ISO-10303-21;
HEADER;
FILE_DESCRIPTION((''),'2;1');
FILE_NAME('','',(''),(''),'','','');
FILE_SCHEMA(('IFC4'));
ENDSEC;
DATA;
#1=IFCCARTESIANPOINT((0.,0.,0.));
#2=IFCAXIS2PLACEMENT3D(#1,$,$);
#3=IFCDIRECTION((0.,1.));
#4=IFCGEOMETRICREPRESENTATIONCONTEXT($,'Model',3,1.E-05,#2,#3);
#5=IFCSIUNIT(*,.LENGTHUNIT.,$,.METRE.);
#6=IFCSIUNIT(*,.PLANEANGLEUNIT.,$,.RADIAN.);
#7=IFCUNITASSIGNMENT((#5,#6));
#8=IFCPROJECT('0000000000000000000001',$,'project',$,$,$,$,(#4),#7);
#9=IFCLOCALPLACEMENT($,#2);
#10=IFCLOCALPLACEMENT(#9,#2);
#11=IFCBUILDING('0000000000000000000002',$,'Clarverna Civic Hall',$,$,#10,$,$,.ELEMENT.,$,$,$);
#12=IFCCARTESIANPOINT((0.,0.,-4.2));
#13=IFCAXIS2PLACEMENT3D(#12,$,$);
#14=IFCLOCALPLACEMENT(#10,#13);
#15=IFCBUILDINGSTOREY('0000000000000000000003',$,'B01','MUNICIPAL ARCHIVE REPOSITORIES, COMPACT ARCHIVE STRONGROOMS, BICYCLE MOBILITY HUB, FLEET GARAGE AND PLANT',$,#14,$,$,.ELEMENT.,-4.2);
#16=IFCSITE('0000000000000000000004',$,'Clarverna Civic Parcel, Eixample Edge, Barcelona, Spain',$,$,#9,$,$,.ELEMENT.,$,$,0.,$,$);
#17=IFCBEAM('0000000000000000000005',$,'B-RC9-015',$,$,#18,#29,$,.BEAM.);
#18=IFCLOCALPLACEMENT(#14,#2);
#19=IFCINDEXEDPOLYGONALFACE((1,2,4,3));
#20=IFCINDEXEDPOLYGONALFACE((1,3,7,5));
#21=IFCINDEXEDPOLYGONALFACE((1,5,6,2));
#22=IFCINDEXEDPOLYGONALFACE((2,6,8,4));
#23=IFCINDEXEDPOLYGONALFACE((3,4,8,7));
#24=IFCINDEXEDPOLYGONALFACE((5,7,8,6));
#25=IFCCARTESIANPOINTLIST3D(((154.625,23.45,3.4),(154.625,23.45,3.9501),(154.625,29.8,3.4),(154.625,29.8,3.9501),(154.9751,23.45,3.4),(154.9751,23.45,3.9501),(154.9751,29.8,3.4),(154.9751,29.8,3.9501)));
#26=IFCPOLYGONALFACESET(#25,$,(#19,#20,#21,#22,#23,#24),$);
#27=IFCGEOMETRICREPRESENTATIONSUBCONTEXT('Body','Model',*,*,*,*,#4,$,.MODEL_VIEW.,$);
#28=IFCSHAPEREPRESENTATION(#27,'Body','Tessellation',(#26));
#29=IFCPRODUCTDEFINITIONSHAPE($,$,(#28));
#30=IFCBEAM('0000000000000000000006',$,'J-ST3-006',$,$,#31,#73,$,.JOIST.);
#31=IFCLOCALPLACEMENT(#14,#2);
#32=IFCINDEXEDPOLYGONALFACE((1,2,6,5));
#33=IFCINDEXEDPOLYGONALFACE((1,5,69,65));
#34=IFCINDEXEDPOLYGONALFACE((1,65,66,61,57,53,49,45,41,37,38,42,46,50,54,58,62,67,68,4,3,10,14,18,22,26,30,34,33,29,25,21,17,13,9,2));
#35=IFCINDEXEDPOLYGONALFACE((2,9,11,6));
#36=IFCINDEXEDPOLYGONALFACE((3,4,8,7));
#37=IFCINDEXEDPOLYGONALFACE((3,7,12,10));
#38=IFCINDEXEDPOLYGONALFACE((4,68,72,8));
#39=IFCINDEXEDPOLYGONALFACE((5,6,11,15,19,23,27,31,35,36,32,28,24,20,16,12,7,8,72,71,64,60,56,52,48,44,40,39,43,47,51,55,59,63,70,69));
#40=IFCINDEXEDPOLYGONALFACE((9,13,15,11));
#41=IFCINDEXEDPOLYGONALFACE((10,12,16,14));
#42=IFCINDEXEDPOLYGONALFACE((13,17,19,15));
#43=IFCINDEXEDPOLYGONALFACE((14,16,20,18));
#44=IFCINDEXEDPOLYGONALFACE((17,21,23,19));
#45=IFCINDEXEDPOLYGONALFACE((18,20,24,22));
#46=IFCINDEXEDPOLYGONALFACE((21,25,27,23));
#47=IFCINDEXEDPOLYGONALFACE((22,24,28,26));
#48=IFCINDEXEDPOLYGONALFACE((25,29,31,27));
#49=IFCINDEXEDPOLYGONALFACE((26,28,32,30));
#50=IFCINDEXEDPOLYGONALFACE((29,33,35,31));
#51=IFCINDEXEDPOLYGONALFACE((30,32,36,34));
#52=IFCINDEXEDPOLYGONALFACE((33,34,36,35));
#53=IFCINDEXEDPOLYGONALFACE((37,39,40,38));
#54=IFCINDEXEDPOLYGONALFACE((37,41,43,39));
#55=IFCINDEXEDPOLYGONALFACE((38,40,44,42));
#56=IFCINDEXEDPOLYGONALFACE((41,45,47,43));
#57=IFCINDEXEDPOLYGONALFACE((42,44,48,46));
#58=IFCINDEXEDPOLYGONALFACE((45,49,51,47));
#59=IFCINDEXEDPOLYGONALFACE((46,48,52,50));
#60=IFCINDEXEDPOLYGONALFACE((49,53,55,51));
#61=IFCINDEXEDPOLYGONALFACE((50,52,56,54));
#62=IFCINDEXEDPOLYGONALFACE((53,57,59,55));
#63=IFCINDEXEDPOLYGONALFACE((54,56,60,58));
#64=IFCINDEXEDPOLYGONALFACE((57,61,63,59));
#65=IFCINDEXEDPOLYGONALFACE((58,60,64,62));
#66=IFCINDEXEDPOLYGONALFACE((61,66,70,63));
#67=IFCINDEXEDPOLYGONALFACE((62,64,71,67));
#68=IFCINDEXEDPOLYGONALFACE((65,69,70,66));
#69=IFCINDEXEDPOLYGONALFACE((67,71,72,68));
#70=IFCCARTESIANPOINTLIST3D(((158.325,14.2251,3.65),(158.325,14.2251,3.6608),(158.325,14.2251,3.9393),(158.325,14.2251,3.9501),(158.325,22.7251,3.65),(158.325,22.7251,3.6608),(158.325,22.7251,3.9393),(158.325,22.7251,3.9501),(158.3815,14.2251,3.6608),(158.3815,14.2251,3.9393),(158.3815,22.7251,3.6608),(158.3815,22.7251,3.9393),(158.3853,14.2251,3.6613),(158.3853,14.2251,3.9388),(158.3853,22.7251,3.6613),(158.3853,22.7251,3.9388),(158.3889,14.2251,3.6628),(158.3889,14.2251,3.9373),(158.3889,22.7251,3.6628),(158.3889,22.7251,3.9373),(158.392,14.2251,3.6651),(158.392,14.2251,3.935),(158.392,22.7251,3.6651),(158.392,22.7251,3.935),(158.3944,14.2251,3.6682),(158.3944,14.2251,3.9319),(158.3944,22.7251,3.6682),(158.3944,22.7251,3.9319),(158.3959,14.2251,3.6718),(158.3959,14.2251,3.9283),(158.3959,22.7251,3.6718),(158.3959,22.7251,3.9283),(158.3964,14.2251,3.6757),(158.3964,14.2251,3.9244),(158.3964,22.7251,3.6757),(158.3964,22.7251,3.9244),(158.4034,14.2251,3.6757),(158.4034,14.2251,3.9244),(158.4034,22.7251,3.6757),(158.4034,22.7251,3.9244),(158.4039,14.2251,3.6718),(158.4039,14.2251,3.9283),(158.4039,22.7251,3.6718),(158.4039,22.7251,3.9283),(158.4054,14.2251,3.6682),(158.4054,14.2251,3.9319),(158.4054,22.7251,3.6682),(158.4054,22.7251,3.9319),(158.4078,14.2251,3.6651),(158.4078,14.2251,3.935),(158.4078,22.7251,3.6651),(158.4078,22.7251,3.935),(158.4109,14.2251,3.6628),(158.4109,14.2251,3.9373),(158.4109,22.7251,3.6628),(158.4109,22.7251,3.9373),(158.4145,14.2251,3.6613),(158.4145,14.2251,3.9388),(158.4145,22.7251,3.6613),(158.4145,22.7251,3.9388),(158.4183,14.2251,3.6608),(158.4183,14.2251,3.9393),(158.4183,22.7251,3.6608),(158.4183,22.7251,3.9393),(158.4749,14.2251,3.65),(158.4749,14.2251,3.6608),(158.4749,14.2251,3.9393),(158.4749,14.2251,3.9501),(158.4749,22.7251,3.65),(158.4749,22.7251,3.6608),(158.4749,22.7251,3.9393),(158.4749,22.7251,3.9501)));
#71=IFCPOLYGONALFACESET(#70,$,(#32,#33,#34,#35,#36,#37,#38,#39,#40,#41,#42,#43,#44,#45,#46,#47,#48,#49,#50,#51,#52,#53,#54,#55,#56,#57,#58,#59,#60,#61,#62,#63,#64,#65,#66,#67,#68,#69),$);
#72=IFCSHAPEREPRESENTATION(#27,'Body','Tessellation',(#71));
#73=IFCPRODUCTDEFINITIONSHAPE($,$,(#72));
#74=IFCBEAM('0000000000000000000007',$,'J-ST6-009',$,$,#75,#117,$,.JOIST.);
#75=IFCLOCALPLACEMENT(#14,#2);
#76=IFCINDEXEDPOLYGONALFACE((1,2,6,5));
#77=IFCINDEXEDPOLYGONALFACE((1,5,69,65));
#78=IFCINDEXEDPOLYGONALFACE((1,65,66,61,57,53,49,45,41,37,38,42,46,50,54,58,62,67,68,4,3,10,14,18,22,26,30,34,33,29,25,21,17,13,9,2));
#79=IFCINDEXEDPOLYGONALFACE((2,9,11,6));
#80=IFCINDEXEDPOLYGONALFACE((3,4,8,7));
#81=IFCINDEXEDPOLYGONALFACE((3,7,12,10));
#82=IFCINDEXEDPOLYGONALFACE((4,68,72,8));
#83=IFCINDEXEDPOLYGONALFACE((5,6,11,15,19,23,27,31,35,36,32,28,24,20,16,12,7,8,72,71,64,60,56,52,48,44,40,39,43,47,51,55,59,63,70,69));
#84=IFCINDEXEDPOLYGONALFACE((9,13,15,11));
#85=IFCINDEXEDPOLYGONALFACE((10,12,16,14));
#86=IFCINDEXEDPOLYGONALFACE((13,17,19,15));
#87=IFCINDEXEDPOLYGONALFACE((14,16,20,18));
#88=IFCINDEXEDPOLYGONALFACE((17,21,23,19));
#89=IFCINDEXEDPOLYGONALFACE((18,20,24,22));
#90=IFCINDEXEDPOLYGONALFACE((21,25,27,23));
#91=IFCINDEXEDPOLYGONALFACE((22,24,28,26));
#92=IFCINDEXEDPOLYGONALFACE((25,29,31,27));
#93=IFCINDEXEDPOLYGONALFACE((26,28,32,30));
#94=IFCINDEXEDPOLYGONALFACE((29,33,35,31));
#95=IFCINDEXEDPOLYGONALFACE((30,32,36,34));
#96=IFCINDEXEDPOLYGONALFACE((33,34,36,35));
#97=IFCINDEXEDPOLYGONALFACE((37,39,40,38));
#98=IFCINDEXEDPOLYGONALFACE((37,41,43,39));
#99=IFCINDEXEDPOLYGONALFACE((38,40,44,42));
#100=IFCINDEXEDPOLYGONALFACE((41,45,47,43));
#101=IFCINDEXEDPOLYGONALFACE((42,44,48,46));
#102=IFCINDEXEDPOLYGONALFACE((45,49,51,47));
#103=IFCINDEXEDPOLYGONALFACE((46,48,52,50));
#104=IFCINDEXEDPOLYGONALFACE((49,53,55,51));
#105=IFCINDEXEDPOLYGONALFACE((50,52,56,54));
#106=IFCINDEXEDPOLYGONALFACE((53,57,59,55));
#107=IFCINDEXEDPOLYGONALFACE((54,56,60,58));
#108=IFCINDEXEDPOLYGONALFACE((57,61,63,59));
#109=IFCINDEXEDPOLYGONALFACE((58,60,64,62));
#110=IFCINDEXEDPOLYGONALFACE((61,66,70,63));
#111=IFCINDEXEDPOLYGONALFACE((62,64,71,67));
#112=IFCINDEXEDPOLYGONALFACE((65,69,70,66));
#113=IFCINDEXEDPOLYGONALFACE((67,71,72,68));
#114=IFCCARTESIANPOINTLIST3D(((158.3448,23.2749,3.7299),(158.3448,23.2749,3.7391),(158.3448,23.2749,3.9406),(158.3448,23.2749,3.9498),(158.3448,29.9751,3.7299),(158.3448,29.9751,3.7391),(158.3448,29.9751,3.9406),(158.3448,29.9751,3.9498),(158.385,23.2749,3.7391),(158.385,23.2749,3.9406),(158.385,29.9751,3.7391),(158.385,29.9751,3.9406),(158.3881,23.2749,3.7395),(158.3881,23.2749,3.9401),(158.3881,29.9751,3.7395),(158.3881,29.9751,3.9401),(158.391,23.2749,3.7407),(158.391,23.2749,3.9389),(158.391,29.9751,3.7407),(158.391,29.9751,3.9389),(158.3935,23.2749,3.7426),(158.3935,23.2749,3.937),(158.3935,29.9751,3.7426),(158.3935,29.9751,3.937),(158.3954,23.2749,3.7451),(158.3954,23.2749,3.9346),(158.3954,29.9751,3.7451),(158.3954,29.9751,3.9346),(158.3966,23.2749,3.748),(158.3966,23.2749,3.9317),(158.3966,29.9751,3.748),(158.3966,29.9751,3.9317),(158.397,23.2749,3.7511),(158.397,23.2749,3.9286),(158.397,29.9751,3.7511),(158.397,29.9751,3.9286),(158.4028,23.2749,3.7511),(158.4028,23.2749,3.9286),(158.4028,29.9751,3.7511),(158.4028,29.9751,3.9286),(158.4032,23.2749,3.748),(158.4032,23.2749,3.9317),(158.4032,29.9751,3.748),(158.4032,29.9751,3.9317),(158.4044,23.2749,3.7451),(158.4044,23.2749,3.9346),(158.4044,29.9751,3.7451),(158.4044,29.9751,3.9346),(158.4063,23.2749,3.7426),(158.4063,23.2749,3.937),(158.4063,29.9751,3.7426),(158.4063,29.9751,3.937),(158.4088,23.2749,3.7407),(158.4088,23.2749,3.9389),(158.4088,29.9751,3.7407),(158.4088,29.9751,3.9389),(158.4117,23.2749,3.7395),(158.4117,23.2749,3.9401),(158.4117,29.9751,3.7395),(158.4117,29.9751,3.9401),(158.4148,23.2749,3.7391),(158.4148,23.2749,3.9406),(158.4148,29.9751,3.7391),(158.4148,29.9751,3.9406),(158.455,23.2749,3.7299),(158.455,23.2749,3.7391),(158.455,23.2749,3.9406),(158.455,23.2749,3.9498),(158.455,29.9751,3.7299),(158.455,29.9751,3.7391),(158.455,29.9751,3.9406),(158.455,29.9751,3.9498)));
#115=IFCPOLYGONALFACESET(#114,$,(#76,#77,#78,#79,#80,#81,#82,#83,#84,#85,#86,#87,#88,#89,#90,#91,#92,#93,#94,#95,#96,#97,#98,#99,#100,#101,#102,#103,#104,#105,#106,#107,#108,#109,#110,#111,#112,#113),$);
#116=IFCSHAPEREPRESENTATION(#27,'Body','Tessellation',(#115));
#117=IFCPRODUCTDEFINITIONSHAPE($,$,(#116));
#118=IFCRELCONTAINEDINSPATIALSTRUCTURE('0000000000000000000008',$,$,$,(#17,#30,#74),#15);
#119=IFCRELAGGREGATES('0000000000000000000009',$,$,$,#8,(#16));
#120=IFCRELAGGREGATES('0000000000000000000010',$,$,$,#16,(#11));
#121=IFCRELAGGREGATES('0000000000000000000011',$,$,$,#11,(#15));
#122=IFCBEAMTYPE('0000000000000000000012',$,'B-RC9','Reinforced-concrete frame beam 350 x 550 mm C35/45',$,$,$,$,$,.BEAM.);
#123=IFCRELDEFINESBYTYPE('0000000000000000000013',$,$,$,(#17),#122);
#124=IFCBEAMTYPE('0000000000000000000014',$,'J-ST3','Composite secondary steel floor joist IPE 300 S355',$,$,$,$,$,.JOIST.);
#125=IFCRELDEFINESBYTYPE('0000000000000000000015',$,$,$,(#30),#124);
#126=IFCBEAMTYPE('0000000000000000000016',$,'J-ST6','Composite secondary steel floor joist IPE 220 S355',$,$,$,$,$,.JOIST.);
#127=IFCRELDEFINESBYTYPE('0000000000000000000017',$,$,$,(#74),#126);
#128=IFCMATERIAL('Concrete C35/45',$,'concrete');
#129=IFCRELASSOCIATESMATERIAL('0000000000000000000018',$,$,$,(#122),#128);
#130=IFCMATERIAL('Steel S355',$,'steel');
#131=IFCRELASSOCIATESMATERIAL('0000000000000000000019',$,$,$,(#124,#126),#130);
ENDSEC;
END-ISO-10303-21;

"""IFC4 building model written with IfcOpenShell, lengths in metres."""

from ifc_helpers import new_model, si_unit, direction, frame, origin, origin_2d, place, context, subcontext, project, spatial, rectangle, i_section, extrude, material, material_profile, profile_set, type_object, element, save


model = new_model("IFC4")

# Units and contexts
model_context = context("Model", 3, precision=1e-05, world=origin(), true_north=direction((0.0, 1.0)))
body_context = subcontext(model_context, "Body", "Model", "MODEL_VIEW")
ifc_project = project(units=[si_unit("LENGTHUNIT", "METRE"), si_unit("PLANEANGLEUNIT", "RADIAN")], contexts=[model_context])

# Site, building, storey
site_placement = place(None, origin())
site = spatial("IfcSite", under=ifc_project, at=site_placement, Name="Clarverna Civic Parcel, Eixample Edge, Barcelona, Spain", CompositionType="ELEMENT", RefElevation=0.0)
building_placement = place(site_placement, origin())
building = spatial("IfcBuilding", under=site, at=building_placement, Name="Clarverna Civic Hall", CompositionType="ELEMENT")
storey_placement = place(building_placement, frame((0.0, 0.0, -4.2)))
storey = spatial("IfcBuildingStorey", under=building, at=storey_placement, Name="B01", Description="MUNICIPAL ARCHIVE REPOSITORIES, COMPACT ARCHIVE STRONGROOMS, BICYCLE MOBILITY HUB, FLEET GARAGE AND PLANT", CompositionType="ELEMENT", Elevation=-4.2)

# Beams
ifc_material_1 = material(Name="Concrete C35/45", Category="concrete")
ifc_material_profile_1 = material_profile(ifc_material_1, rectangle(XDim=0.3501, YDim=0.55, at=origin_2d()), Name="RC 350x550")
ifc_profile_set_1 = profile_set([ifc_material_profile_1], Name="Concrete C35/45")
beam_type_1 = type_object("IfcBeamType", Name="B-RC9", Description="Reinforced-concrete frame beam 350 x 550 mm C35/45", PredefinedType="BEAM", material=ifc_profile_set_1)
beam_1_placement = place(storey_placement, frame((154.8, 23.45, 3.675), z_axis=(0.0, 1.0, 0.0), x_axis=(-1.0, 0.0, 0.0)))
element("IfcBeam", 1, at=beam_1_placement, inside=storey, type_object=beam_type_1, Name="B-RC9-015", PredefinedType="BEAM", context=body_context, shape_type="SweptSolid", body=[
    extrude(rectangle(XDim=0.3501, YDim=0.55, at=origin_2d()), origin(), (0.0, 0.0, 1.0), 6.3501),
])
ifc_material_2 = material(Name="Steel S355", Category="steel")
ifc_material_profile_2 = material_profile(ifc_material_2, i_section(OverallWidth=0.1499, OverallDepth=0.3, WebThickness=0.0071, FlangeThickness=0.0107, FilletRadius=0.0149, at=origin_2d()), Name="IPE 300")
ifc_profile_set_2 = profile_set([ifc_material_profile_2], Name="Steel S355")
beam_type_2 = type_object("IfcBeamType", Name="J-ST3", Description="Composite secondary steel floor joist IPE 300 S355", PredefinedType="JOIST", material=ifc_profile_set_2)
beam_2_placement = place(storey_placement, frame((158.3999, 14.2251, 3.8), z_axis=(0.0, 1.0, 0.0), x_axis=(-1.0, 0.0, 0.0)))
element("IfcBeam", 2, at=beam_2_placement, inside=storey, type_object=beam_type_2, Name="J-ST3-006", PredefinedType="JOIST", context=body_context, shape_type="SweptSolid", body=[
    extrude(i_section(OverallWidth=0.1499, OverallDepth=0.3, WebThickness=0.0071, FlangeThickness=0.0107, FilletRadius=0.0149, at=origin_2d()), origin(), (0.0, 0.0, 1.0), 8.5),
])
ifc_material_profile_3 = material_profile(ifc_material_2, i_section(OverallWidth=0.1101, OverallDepth=0.22, WebThickness=0.0059, FlangeThickness=0.0093, FilletRadius=0.012, at=origin_2d()), Name="IPE 220")
ifc_profile_set_3 = profile_set([ifc_material_profile_3], Name="Steel S355")
beam_type_3 = type_object("IfcBeamType", Name="J-ST6", Description="Composite secondary steel floor joist IPE 220 S355", PredefinedType="JOIST", material=ifc_profile_set_3)
beam_3_placement = place(storey_placement, frame((158.3999, 23.2749, 3.8398), z_axis=(0.0, 1.0, 0.0), x_axis=(-1.0, 0.0, 0.0)))
element("IfcBeam", 3, at=beam_3_placement, inside=storey, type_object=beam_type_3, Name="J-ST6-009", PredefinedType="JOIST", context=body_context, shape_type="SweptSolid", body=[
    extrude(i_section(OverallWidth=0.1101, OverallDepth=0.22, WebThickness=0.0059, FlangeThickness=0.0093, FilletRadius=0.012, at=origin_2d()), origin(), (0.0, 0.0, 1.0), 6.7002),
])

save(model, "model.ifc")
